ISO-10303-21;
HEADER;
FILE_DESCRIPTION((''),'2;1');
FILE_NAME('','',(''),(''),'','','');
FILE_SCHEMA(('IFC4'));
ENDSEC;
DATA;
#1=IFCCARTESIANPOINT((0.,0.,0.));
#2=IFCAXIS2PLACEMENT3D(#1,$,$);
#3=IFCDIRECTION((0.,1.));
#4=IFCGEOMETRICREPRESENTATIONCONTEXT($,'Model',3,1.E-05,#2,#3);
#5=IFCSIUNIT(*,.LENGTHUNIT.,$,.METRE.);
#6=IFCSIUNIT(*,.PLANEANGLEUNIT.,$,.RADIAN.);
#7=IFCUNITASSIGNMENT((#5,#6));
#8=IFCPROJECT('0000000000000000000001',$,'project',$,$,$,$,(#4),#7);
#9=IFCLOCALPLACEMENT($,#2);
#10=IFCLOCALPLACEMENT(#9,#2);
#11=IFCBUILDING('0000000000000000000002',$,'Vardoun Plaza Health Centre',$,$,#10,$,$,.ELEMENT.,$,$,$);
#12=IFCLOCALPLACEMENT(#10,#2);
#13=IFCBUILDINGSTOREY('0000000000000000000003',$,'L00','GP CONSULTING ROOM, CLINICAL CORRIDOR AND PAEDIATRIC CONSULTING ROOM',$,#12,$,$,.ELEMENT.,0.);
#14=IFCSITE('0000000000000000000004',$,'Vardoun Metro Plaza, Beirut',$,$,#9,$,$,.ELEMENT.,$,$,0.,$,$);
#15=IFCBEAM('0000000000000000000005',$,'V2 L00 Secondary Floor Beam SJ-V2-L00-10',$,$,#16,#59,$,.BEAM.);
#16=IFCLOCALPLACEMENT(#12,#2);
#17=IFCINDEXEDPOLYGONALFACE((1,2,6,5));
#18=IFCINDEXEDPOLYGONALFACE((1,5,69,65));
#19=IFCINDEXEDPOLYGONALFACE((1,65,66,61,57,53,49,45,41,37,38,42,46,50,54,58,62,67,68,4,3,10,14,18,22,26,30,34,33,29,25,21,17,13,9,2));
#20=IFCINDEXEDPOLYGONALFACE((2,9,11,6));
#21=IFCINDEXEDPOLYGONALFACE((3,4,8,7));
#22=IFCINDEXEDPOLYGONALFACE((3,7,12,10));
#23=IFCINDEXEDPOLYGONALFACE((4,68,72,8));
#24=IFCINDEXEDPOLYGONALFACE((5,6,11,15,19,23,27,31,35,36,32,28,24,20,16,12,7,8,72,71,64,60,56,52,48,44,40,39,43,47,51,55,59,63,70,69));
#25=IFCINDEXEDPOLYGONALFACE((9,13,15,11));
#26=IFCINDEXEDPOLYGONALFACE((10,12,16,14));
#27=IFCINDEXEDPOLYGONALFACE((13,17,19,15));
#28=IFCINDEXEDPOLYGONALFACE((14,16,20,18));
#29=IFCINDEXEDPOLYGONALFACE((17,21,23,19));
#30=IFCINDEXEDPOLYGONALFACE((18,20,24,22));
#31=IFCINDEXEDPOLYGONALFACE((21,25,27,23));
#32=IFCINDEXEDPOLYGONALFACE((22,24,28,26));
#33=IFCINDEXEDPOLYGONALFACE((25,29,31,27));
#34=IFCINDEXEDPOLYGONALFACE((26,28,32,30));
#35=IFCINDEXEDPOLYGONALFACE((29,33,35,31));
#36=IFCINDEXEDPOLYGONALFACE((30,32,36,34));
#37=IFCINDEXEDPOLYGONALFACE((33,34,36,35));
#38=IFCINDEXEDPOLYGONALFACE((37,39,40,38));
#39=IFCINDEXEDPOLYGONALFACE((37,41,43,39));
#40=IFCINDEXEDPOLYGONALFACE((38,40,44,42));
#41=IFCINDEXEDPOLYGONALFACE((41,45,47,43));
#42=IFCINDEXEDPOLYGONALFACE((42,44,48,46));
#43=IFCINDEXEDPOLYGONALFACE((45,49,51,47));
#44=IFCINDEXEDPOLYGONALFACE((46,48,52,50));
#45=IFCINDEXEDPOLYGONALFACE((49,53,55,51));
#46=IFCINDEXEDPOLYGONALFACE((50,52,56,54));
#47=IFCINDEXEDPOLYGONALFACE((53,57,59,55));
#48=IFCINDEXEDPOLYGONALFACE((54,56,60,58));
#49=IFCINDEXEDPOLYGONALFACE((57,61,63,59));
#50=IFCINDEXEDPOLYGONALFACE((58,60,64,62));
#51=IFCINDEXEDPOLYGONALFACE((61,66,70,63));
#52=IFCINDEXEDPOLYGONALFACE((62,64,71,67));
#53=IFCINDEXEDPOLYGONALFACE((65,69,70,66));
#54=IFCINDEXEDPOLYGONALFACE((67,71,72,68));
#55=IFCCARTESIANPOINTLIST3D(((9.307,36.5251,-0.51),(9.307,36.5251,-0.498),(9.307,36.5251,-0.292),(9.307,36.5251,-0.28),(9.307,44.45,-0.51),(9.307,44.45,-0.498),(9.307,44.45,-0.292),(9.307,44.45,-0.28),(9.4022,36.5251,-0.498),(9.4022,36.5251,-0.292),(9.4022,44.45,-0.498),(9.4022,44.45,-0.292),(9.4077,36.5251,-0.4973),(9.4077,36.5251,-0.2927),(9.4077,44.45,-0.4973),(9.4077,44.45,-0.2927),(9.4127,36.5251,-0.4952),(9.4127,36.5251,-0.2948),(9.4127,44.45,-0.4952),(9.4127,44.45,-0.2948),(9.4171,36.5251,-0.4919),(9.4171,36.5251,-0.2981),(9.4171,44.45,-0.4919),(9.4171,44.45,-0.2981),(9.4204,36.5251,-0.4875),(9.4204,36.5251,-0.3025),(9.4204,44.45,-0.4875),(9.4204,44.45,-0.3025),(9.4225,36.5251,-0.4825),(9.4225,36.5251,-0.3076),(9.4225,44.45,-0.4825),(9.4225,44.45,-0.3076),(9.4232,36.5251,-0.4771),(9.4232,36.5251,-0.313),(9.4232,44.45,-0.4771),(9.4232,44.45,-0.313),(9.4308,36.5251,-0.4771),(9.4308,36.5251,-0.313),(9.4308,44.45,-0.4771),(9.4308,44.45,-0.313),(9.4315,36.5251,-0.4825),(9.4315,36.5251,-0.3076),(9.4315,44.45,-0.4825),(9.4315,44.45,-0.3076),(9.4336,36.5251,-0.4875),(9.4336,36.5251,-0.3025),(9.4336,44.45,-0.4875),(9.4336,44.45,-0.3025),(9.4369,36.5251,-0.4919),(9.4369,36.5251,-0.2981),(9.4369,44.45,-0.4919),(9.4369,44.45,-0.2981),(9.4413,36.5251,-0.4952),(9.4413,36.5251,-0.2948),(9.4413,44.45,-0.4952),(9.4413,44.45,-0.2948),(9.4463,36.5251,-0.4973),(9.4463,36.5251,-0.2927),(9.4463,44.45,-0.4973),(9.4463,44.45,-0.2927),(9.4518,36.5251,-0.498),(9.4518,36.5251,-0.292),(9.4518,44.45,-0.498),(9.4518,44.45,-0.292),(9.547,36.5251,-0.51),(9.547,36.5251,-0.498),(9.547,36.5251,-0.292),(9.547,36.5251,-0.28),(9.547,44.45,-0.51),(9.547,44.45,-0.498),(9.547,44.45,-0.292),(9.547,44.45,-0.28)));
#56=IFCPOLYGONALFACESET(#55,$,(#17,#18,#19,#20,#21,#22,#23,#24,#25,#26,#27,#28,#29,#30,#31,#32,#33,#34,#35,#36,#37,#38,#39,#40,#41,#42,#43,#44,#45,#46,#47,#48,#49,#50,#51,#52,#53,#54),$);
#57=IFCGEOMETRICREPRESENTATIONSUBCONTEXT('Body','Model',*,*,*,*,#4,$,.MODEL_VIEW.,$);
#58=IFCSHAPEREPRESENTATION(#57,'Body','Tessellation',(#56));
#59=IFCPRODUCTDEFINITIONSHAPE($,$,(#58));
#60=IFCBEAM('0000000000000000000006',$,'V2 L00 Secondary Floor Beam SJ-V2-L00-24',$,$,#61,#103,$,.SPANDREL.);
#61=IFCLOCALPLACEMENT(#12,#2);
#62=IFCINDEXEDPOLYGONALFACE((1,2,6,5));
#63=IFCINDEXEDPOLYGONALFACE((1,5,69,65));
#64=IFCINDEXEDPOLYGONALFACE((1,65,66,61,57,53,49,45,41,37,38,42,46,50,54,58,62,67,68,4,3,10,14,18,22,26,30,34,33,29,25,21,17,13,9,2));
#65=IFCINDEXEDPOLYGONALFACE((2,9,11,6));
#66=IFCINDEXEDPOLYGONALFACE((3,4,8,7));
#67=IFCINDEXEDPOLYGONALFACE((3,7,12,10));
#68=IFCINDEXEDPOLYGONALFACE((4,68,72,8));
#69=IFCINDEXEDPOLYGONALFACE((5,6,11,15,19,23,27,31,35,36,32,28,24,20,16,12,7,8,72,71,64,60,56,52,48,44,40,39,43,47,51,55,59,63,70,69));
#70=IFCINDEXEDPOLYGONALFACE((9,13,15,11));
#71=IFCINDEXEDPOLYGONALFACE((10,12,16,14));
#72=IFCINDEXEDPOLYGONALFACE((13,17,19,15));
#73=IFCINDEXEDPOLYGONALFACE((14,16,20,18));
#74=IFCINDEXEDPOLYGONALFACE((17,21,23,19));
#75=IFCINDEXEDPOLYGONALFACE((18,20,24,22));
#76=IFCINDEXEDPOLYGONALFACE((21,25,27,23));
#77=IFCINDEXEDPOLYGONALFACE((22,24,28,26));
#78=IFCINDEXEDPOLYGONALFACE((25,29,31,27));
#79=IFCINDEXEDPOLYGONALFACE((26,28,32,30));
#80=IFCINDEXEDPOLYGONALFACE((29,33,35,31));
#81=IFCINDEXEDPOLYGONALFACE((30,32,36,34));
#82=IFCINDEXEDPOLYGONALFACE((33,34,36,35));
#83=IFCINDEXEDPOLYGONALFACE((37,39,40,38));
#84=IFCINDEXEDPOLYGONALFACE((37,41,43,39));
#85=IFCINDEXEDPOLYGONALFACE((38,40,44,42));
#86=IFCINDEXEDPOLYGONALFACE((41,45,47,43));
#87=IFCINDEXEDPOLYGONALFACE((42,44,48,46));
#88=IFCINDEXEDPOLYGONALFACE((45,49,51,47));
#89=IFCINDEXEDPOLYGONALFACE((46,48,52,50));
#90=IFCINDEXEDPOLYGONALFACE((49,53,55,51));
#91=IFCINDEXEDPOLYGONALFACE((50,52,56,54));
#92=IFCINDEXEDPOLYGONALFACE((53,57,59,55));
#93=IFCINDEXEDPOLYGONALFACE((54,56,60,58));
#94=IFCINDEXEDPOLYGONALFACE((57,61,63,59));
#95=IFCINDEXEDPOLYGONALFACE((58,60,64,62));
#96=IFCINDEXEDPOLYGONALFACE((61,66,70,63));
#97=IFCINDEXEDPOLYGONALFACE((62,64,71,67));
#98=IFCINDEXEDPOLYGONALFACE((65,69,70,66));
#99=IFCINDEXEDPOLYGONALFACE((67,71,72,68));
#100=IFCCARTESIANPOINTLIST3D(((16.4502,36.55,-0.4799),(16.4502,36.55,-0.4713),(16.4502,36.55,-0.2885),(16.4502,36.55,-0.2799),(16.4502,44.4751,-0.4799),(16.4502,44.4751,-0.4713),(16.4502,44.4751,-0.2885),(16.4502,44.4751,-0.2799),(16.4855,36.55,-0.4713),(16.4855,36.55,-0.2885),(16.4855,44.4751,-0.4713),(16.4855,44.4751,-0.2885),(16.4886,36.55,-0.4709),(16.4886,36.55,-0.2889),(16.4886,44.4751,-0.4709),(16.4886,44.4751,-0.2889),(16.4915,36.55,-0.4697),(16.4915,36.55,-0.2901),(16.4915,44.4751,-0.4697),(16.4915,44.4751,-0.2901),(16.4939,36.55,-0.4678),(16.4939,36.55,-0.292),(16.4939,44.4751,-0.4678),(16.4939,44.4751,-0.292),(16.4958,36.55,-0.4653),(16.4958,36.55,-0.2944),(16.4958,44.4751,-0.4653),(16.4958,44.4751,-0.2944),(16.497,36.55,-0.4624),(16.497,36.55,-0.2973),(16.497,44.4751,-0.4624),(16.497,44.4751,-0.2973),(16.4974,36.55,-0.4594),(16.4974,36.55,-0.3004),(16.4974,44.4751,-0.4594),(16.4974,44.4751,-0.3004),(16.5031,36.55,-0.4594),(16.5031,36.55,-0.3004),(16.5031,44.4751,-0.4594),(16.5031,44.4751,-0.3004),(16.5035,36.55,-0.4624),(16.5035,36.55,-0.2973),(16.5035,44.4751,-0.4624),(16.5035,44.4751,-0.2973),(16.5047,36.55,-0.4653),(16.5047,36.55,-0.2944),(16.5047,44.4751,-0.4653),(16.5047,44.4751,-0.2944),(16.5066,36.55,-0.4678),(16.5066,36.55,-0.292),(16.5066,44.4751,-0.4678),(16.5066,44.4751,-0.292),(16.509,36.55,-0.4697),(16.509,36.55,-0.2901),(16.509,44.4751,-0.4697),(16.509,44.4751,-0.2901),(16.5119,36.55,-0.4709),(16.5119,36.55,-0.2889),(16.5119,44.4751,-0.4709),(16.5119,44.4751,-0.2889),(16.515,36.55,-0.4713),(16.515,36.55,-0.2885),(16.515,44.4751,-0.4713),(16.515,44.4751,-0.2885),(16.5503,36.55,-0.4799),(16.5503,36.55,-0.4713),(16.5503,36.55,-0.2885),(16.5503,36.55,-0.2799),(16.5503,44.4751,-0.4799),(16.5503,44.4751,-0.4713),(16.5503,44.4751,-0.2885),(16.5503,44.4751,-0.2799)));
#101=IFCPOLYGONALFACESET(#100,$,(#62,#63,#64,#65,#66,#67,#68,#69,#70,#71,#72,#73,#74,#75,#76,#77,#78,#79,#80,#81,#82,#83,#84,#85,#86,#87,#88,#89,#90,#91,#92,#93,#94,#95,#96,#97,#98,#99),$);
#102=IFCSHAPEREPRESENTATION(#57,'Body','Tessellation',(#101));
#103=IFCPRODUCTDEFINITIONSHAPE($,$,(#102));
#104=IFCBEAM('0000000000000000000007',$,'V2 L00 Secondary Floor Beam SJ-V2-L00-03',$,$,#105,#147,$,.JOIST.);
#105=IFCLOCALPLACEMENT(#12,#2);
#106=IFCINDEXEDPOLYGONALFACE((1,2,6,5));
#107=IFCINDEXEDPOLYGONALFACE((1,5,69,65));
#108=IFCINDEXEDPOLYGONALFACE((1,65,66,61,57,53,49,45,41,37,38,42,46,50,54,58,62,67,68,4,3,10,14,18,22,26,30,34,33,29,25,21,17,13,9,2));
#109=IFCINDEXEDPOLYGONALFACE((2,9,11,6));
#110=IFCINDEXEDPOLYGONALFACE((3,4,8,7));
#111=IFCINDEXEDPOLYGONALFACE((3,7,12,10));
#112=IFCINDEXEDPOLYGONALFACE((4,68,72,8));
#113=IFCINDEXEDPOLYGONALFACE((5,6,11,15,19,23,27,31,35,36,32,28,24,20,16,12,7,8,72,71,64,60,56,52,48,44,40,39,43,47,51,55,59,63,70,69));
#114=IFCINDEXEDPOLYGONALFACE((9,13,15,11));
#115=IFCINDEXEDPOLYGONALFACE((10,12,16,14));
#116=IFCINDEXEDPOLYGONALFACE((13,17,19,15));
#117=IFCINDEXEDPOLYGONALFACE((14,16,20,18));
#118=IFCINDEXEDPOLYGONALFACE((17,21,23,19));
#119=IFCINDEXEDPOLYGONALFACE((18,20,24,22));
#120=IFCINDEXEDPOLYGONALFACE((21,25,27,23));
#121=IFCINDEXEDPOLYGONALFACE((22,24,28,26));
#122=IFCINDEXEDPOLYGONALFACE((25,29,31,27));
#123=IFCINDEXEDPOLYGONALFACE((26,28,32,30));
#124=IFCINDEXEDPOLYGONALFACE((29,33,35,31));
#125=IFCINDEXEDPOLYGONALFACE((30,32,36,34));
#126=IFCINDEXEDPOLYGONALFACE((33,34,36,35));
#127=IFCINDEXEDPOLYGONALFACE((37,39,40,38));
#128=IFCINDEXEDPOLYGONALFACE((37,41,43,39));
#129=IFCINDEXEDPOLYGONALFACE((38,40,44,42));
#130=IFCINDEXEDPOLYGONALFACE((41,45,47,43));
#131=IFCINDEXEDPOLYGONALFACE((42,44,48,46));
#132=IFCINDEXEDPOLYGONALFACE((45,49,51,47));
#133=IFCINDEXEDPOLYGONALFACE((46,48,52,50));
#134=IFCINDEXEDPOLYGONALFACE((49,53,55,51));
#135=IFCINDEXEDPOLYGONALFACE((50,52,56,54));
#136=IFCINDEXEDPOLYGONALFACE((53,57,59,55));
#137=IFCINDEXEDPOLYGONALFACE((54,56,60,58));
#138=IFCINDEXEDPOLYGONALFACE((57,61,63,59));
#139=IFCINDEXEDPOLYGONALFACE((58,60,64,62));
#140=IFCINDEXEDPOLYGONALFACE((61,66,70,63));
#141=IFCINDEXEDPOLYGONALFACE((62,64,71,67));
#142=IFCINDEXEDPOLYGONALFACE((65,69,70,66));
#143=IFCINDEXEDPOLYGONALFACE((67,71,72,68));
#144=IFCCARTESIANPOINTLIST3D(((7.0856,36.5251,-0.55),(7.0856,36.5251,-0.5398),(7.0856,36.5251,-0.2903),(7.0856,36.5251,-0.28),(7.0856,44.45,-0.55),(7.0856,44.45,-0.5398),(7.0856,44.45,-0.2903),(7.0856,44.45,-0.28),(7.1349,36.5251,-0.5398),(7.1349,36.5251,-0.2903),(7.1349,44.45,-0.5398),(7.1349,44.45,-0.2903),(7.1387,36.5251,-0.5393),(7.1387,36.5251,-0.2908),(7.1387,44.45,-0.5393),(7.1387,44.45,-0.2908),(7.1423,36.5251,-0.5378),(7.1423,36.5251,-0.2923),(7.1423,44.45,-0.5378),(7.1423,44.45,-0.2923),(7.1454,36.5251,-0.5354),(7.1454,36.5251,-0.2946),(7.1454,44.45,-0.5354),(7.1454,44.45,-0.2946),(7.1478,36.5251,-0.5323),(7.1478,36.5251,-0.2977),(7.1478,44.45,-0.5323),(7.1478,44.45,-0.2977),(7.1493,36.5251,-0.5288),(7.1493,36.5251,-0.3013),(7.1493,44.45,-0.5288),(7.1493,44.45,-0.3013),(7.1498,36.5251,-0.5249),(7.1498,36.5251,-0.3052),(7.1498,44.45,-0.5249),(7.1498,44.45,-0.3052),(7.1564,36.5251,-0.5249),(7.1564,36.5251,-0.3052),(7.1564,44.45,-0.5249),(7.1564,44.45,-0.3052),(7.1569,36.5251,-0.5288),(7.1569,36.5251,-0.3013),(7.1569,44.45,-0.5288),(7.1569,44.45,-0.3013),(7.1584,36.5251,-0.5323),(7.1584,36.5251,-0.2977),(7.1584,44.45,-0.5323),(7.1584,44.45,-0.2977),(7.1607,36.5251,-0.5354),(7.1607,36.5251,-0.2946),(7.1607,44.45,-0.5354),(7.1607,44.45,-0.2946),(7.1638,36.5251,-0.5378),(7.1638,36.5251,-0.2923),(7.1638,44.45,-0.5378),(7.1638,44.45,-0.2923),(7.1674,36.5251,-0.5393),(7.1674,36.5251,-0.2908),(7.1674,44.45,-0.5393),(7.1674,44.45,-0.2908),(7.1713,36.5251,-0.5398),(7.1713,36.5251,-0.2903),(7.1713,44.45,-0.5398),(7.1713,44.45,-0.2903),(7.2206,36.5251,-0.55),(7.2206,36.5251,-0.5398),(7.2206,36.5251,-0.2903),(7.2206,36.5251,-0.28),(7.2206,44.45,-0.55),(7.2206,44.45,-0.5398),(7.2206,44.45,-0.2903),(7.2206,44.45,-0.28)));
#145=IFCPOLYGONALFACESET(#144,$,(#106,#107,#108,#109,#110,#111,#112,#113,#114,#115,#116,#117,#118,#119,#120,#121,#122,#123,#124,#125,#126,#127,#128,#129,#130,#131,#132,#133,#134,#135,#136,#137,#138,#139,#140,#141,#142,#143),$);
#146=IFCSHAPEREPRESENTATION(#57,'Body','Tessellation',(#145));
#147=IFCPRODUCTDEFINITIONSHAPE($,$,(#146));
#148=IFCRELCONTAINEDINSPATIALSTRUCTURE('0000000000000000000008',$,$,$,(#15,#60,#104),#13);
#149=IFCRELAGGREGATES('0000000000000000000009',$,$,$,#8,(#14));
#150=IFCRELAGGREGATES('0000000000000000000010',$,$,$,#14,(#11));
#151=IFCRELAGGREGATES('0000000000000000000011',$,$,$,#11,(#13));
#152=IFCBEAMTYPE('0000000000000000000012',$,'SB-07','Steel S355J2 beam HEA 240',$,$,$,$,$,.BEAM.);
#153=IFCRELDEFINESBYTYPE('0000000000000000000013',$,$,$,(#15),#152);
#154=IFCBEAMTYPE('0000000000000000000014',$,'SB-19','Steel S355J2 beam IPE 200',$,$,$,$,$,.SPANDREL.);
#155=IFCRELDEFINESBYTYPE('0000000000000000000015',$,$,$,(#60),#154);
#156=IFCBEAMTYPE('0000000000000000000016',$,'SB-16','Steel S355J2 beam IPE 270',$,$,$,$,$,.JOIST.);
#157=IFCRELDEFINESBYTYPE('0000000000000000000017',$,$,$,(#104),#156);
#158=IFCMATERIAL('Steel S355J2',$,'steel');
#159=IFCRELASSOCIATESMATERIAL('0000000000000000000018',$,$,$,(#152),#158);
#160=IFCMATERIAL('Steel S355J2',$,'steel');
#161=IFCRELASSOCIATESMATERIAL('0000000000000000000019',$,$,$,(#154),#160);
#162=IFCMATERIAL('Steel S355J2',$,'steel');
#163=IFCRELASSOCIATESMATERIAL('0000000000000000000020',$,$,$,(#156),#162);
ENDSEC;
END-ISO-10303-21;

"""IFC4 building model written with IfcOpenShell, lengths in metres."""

from ifc_helpers import new_model, si_unit, direction, frame, origin, origin_2d, place, context, subcontext, project, spatial, i_section, extrude, material, material_profile, profile_set, type_object, element, save


model = new_model("IFC4")

# Units and contexts
model_context = context("Model", 3, precision=1e-05, world=origin(), true_north=direction((0.0, 1.0)))
body_context = subcontext(model_context, "Body", "Model", "MODEL_VIEW")
ifc_project = project(units=[si_unit("LENGTHUNIT", "METRE"), si_unit("PLANEANGLEUNIT", "RADIAN")], contexts=[model_context])

# Site, building, storey
site_placement = place(None, origin())
site = spatial("IfcSite", under=ifc_project, at=site_placement, Name="Vardoun Metro Plaza, Beirut", CompositionType="ELEMENT", RefElevation=0.0)
building_placement = place(site_placement, origin())
building = spatial("IfcBuilding", under=site, at=building_placement, Name="Vardoun Plaza Health Centre", CompositionType="ELEMENT")
storey_placement = place(building_placement, origin())
storey = spatial("IfcBuildingStorey", under=building, at=storey_placement, Name="L00", Description="GP CONSULTING ROOM, CLINICAL CORRIDOR AND PAEDIATRIC CONSULTING ROOM", CompositionType="ELEMENT", Elevation=0.0)

# Beams
ifc_material_1 = material(Name="Steel S355J2", Category="steel")
ifc_material_profile_1 = material_profile(ifc_material_1, i_section(OverallWidth=0.24, OverallDepth=0.23, WebThickness=0.0076, FlangeThickness=0.012, FilletRadius=0.021, at=origin_2d()), Name="HEA 240")
ifc_profile_set_1 = profile_set([ifc_material_profile_1], Name="Steel S355J2")
beam_type_1 = type_object("IfcBeamType", Name="SB-07", Description="Steel S355J2 beam HEA 240", PredefinedType="BEAM", material=ifc_profile_set_1)
beam_1_placement = place(storey_placement, frame((9.427, 36.5251, -0.395), z_axis=(0.0, 1.0, 0.0), x_axis=(-1.0, 0.0, 0.0)))
element("IfcBeam", 1, at=beam_1_placement, inside=storey, type_object=beam_type_1, Name="V2 L00 Secondary Floor Beam SJ-V2-L00-10", PredefinedType="BEAM", context=body_context, shape_type="SweptSolid", body=[
    extrude(i_section(OverallWidth=0.24, OverallDepth=0.23, WebThickness=0.0076, FlangeThickness=0.012, FilletRadius=0.021, at=origin_2d()), origin(), (0.0, 0.0, 1.0), 7.9248),
])
ifc_material_2 = material(Name="Steel S355J2", Category="steel")
ifc_material_profile_2 = material_profile(ifc_material_2, i_section(OverallWidth=0.1001, OverallDepth=0.2, WebThickness=0.0056, FlangeThickness=0.0085, FilletRadius=0.012, at=origin_2d()), Name="IPE 200")
ifc_profile_set_2 = profile_set([ifc_material_profile_2], Name="Steel S355J2")
beam_type_2 = type_object("IfcBeamType", Name="SB-19", Description="Steel S355J2 beam IPE 200", PredefinedType="SPANDREL", material=ifc_profile_set_2)
beam_2_placement = place(storey_placement, frame((16.5002, 36.55, -0.3799), z_axis=(0.0, 1.0, 0.0), x_axis=(-1.0, 0.0, 0.0)))
element("IfcBeam", 2, at=beam_2_placement, inside=storey, type_object=beam_type_2, Name="V2 L00 Secondary Floor Beam SJ-V2-L00-24", PredefinedType="SPANDREL", context=body_context, shape_type="SweptSolid", body=[
    extrude(i_section(OverallWidth=0.1001, OverallDepth=0.2, WebThickness=0.0056, FlangeThickness=0.0085, FilletRadius=0.012, at=origin_2d()), origin(), (0.0, 0.0, 1.0), 7.925),
])
ifc_material_3 = material(Name="Steel S355J2", Category="steel")
ifc_material_profile_3 = material_profile(ifc_material_3, i_section(OverallWidth=0.135, OverallDepth=0.27, WebThickness=0.0066, FlangeThickness=0.0103, FilletRadius=0.0149, at=origin_2d()), Name="IPE 270")
ifc_profile_set_3 = profile_set([ifc_material_profile_3], Name="Steel S355J2")
beam_type_3 = type_object("IfcBeamType", Name="SB-16", Description="Steel S355J2 beam IPE 270", PredefinedType="JOIST", material=ifc_profile_set_3)
beam_3_placement = place(storey_placement, frame((7.1531, 36.5251, -0.415), z_axis=(0.0, 1.0, 0.0), x_axis=(-1.0, 0.0, 0.0)))
element("IfcBeam", 3, at=beam_3_placement, inside=storey, type_object=beam_type_3, Name="V2 L00 Secondary Floor Beam SJ-V2-L00-03", PredefinedType="JOIST", context=body_context, shape_type="SweptSolid", body=[
    extrude(i_section(OverallWidth=0.135, OverallDepth=0.27, WebThickness=0.0066, FlangeThickness=0.0103, FilletRadius=0.0149, at=origin_2d()), origin(), (0.0, 0.0, 1.0), 7.9248),
])

save(model, "model.ifc")
